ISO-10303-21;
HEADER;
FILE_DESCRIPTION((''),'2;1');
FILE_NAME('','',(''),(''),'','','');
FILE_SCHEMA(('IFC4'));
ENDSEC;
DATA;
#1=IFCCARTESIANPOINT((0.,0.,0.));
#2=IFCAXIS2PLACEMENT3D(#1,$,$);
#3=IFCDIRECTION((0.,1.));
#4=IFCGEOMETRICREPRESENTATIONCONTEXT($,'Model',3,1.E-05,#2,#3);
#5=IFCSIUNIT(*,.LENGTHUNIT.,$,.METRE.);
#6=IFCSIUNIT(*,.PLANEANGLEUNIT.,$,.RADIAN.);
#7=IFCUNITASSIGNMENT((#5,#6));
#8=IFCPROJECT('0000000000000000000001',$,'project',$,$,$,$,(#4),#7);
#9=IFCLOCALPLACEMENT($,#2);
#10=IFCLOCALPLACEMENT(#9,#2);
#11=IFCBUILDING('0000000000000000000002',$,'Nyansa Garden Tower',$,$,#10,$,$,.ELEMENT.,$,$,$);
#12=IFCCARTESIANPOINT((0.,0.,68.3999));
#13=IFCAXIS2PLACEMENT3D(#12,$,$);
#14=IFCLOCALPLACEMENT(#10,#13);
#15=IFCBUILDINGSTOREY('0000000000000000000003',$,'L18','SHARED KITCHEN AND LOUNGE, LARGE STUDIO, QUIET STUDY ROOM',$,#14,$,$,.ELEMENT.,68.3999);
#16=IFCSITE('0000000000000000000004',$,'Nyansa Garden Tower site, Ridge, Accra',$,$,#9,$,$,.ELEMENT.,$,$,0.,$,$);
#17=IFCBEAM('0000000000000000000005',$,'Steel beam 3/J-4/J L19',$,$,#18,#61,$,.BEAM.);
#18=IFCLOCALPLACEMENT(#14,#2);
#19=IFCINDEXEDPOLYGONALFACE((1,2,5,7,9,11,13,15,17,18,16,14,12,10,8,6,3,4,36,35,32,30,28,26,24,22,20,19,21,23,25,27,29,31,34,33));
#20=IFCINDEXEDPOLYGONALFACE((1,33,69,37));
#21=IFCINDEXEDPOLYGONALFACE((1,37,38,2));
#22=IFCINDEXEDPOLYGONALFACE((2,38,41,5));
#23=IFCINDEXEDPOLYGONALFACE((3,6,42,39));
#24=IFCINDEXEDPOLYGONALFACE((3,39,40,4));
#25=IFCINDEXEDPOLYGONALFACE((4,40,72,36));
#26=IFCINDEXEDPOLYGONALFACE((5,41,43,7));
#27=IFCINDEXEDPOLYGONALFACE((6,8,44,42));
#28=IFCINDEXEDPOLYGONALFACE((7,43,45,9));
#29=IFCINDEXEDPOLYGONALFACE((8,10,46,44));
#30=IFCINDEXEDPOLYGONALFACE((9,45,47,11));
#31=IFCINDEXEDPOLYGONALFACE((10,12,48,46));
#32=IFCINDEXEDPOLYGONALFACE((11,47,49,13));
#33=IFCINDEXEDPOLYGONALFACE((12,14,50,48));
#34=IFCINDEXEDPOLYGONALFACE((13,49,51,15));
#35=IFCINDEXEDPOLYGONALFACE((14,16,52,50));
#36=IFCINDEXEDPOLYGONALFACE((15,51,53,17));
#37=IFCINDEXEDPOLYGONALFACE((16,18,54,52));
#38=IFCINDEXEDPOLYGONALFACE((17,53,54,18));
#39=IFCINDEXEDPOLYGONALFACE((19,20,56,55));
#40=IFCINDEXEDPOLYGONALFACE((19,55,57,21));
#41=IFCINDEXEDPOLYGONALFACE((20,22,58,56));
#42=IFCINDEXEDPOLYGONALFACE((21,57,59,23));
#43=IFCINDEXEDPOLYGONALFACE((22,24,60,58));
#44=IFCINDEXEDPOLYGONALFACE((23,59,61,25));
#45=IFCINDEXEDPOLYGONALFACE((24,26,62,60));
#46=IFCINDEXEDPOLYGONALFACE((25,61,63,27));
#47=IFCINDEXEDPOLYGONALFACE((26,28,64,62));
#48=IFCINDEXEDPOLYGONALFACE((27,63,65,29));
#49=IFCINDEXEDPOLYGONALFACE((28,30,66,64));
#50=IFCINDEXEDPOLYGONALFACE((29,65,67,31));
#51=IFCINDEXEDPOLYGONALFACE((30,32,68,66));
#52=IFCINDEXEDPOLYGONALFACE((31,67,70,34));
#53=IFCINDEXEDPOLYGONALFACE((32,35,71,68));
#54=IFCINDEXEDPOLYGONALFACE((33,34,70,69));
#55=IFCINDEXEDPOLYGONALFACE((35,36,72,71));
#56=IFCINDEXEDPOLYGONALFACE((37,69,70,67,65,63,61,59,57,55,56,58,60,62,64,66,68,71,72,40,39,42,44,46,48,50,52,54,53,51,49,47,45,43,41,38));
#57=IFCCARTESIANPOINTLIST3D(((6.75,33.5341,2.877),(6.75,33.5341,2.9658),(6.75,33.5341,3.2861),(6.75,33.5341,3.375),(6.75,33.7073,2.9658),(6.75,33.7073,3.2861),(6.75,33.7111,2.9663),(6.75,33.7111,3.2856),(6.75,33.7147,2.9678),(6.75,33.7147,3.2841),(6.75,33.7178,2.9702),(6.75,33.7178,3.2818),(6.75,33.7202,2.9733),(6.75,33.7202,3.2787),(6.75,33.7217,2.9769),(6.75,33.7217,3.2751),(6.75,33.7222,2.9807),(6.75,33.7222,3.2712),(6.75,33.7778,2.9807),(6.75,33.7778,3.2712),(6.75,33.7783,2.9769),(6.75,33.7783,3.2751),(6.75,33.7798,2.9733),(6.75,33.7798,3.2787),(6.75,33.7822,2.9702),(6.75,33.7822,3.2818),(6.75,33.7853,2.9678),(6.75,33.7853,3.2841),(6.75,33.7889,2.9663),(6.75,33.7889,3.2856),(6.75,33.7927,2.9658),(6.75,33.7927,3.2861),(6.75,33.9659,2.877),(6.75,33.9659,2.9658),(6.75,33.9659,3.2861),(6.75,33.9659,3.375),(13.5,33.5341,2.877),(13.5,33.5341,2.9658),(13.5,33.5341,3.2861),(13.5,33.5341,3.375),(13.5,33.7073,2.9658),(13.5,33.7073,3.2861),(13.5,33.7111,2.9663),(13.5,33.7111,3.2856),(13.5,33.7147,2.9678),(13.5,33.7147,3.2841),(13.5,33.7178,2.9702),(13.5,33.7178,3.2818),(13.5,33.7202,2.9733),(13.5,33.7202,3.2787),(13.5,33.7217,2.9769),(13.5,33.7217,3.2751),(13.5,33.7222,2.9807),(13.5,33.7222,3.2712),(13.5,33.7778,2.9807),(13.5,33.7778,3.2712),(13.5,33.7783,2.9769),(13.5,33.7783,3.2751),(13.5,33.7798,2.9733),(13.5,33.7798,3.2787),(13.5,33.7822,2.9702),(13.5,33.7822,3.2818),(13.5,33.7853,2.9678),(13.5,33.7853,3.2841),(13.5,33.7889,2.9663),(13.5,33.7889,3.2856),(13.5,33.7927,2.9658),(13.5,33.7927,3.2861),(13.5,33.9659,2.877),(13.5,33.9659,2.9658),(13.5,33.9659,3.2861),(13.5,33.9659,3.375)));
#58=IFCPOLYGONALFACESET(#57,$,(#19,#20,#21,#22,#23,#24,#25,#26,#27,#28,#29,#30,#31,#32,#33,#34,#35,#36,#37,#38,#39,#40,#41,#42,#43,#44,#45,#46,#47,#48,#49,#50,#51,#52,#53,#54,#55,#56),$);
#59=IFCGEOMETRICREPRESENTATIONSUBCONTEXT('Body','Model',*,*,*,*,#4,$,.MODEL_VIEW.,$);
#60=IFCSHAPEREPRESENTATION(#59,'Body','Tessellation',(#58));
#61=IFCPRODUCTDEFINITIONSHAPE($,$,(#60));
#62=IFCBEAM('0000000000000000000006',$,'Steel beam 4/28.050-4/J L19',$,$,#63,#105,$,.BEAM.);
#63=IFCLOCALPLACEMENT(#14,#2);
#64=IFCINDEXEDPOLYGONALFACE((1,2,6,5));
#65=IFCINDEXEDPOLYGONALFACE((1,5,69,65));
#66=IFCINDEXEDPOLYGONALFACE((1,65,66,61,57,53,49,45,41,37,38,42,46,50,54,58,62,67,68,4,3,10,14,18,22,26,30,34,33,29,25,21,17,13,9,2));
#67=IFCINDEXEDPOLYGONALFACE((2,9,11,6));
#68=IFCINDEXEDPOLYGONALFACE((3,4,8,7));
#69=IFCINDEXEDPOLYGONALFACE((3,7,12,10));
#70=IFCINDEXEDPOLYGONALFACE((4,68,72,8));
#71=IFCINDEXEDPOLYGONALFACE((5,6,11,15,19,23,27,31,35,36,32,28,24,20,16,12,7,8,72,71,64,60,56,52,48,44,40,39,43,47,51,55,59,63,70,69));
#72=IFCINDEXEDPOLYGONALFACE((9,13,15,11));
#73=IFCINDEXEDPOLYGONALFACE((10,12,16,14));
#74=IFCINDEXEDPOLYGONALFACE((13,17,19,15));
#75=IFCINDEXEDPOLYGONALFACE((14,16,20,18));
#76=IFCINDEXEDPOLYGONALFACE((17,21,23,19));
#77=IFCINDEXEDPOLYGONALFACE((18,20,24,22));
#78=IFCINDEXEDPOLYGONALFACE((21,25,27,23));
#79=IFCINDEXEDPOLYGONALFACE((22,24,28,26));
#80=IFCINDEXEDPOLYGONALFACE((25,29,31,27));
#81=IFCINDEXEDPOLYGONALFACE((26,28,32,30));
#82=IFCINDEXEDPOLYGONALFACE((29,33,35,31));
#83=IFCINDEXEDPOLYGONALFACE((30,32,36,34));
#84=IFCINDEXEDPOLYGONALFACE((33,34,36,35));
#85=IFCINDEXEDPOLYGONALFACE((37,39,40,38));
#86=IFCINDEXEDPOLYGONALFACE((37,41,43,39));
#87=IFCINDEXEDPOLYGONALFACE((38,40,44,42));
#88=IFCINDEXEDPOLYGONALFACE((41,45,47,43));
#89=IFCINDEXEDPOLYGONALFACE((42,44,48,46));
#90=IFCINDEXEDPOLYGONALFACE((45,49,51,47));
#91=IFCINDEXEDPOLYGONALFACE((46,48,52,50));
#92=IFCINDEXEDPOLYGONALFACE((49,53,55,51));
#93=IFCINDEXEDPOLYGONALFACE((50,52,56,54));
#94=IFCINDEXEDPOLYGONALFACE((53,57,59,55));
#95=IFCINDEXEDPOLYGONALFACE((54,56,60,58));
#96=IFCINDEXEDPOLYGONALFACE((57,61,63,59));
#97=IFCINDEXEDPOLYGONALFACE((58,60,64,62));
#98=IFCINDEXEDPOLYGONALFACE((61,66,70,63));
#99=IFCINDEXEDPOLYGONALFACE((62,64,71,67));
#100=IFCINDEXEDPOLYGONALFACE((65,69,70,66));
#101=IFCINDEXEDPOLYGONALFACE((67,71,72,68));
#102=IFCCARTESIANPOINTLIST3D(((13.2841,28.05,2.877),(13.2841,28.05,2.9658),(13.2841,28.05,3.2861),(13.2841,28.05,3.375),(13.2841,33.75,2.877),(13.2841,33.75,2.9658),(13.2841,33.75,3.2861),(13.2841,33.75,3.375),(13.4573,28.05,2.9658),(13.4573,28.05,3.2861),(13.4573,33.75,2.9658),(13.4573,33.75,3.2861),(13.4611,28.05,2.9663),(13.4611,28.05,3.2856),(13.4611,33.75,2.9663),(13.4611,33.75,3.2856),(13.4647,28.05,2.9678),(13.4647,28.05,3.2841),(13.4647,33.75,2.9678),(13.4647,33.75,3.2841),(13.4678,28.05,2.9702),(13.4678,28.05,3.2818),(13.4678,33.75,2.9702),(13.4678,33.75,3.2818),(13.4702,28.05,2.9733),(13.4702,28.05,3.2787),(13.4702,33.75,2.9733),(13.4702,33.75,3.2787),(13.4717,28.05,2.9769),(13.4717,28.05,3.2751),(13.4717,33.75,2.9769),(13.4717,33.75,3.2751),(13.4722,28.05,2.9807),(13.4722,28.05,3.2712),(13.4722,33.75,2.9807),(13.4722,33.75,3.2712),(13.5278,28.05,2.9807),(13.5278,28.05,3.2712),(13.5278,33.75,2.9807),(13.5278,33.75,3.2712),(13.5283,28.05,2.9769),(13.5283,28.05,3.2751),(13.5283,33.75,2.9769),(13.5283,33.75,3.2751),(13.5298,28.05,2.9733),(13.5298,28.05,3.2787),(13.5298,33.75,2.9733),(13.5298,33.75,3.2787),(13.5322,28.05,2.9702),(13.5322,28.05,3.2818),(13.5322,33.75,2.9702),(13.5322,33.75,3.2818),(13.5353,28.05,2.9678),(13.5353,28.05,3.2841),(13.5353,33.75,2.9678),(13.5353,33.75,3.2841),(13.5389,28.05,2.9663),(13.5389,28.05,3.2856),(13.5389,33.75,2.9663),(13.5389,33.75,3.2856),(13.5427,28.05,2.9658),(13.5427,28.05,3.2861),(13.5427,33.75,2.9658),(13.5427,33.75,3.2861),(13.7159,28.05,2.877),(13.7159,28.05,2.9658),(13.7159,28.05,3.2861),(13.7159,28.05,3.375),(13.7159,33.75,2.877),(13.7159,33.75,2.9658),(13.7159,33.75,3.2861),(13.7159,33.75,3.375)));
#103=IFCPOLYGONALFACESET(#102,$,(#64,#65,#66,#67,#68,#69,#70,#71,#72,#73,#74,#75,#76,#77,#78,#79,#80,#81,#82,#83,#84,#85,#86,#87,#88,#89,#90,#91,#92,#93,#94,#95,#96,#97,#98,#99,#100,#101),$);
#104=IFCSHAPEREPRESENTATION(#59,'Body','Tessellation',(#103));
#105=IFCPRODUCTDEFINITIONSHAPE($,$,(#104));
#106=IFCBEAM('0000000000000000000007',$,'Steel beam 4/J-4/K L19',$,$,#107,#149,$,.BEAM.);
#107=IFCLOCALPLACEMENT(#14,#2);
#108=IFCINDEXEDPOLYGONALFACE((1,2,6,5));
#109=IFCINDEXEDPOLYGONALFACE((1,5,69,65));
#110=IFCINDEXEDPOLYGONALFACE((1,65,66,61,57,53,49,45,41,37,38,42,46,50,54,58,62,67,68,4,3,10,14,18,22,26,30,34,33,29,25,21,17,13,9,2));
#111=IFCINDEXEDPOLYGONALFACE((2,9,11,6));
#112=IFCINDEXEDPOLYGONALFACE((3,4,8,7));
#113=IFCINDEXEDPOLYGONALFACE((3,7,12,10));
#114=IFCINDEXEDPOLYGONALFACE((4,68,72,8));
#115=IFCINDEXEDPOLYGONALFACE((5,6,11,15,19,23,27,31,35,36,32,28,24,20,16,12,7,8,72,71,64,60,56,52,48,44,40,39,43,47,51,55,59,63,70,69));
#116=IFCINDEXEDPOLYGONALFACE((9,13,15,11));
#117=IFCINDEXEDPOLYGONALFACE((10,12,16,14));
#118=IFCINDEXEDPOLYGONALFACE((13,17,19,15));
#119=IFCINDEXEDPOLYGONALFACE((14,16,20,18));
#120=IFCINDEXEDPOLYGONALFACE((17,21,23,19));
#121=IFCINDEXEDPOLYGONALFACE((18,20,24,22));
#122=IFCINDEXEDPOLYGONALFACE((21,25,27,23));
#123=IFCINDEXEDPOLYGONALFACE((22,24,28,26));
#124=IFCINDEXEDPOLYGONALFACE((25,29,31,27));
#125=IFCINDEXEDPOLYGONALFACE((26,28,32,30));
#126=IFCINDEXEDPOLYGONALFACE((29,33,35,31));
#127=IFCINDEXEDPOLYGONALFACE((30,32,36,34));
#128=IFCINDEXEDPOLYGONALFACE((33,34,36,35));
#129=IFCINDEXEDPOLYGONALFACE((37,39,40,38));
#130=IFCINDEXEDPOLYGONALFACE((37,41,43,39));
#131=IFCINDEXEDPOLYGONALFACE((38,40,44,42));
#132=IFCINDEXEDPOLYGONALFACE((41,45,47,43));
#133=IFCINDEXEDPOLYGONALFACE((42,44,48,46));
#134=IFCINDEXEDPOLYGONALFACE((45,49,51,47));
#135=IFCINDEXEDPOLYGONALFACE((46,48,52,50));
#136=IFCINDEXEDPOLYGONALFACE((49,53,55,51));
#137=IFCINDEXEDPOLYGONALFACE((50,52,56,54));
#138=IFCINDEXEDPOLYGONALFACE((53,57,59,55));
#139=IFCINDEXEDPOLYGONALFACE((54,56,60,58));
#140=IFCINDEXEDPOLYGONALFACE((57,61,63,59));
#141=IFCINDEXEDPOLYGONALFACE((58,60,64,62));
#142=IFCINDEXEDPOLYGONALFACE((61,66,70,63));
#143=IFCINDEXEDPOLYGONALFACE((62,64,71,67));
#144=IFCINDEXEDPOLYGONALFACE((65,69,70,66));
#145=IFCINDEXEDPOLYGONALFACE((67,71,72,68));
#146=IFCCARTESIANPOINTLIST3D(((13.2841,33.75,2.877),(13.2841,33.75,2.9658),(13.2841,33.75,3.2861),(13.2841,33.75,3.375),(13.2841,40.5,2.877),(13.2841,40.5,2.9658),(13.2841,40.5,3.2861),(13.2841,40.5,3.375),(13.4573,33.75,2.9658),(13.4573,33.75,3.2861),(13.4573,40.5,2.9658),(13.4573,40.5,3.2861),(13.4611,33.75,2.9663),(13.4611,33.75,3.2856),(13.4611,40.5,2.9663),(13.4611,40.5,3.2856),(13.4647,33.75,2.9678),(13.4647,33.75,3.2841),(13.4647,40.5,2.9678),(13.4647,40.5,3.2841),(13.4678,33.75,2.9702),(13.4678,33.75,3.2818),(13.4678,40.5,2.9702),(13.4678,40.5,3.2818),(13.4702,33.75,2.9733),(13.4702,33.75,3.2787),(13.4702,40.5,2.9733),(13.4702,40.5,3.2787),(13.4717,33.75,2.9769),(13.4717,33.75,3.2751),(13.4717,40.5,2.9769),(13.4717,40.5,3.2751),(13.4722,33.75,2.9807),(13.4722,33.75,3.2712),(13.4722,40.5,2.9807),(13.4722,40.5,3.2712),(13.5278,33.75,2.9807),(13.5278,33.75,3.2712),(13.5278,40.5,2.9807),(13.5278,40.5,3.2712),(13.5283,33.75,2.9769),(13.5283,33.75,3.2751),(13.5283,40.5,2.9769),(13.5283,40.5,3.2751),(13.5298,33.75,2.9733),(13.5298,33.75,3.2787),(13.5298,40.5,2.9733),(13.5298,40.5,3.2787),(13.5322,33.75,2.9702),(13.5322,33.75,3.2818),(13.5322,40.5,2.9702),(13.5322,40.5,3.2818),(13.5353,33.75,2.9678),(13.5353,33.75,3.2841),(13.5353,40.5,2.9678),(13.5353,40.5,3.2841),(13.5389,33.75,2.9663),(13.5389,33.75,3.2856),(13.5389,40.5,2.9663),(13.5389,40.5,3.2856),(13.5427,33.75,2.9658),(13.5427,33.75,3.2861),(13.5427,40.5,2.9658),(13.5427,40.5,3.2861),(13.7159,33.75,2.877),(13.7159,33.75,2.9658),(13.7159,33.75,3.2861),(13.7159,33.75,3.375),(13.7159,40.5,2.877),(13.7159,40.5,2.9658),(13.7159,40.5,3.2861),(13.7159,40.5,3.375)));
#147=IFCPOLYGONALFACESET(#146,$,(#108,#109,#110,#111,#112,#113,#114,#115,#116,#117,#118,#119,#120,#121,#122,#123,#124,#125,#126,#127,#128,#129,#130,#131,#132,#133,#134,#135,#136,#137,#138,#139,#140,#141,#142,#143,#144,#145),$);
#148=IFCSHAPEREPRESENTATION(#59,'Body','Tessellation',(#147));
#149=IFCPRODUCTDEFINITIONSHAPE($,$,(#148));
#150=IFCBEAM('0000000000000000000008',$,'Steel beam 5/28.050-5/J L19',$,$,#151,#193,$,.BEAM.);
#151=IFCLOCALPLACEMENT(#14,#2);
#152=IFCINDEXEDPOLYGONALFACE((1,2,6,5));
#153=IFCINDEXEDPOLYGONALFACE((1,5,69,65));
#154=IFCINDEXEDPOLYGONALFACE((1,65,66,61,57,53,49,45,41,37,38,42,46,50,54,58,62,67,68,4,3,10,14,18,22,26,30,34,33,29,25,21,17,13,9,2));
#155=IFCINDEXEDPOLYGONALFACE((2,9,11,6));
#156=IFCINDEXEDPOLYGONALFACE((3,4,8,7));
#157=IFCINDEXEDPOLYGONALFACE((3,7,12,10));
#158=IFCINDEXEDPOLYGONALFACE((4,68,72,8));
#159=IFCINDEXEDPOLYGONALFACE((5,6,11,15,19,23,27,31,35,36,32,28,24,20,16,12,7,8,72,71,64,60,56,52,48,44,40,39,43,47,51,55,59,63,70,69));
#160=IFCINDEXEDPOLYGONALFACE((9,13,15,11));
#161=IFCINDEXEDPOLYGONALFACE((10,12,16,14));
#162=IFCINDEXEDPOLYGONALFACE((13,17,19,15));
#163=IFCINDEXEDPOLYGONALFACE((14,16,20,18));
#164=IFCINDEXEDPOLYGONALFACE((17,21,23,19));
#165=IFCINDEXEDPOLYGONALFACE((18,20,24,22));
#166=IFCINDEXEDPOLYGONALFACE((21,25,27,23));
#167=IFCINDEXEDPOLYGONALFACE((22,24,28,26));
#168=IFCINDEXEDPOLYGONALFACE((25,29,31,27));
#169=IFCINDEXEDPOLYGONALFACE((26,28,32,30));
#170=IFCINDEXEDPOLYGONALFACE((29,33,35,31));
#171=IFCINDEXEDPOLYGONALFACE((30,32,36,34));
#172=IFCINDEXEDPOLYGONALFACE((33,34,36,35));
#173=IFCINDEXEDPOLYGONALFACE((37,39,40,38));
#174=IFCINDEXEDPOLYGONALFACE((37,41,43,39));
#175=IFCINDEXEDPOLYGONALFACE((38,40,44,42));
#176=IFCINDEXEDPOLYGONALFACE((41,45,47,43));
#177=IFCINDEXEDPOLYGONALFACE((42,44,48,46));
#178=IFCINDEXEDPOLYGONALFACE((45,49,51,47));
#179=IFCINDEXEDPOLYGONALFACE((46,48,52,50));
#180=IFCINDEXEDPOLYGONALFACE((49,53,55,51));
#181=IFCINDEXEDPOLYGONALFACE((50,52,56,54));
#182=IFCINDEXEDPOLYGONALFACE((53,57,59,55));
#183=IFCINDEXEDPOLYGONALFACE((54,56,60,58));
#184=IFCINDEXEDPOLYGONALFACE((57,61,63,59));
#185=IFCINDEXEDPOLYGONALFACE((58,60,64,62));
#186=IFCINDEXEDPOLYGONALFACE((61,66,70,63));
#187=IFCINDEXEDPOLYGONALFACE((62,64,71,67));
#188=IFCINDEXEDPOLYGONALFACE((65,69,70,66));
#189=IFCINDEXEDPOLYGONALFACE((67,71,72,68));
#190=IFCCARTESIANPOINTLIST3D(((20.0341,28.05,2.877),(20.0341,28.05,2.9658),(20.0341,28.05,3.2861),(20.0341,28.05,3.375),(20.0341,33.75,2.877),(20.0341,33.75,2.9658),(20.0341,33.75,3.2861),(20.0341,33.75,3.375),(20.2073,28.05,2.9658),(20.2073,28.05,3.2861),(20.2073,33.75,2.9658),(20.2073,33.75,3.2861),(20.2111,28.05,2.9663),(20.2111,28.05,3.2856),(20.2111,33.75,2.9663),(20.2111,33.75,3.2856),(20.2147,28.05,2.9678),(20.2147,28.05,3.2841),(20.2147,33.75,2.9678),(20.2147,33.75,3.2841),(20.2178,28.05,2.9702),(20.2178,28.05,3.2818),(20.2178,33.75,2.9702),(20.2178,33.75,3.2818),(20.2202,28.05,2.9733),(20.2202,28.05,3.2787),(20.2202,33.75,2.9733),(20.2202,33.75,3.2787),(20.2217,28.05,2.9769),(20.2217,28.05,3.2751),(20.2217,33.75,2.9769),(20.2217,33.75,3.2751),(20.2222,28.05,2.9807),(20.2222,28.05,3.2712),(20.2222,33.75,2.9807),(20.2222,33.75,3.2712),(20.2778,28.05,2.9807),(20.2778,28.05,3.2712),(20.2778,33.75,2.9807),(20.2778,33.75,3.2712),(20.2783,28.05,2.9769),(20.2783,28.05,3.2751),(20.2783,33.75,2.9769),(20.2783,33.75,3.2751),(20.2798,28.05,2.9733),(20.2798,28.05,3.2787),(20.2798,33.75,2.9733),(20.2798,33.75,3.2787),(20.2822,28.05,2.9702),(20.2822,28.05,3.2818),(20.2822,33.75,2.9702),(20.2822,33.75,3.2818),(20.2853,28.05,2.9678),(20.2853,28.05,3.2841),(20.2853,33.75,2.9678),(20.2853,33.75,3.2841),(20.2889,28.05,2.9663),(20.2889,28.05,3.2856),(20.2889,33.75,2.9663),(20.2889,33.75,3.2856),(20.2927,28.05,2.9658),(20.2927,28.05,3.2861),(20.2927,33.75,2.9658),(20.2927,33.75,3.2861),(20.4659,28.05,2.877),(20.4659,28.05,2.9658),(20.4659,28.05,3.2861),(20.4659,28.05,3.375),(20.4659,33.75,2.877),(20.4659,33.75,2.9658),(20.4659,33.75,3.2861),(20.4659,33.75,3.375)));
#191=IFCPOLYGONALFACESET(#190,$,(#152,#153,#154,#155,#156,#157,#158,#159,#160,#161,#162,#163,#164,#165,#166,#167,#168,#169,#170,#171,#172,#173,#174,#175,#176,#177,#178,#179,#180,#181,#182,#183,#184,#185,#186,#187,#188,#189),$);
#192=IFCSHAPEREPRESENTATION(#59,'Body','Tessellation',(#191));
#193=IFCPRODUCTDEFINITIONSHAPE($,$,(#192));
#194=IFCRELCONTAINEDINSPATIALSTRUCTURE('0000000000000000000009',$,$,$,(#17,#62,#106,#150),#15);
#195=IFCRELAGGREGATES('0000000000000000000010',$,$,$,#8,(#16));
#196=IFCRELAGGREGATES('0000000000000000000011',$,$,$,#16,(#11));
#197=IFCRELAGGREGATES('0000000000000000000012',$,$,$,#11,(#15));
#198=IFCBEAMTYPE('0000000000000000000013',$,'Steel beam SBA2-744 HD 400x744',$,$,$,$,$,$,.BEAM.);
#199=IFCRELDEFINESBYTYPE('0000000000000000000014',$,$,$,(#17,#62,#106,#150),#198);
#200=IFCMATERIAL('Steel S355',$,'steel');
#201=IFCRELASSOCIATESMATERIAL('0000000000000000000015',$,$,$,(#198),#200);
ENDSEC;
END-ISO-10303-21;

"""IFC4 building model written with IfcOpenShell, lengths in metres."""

from ifc_helpers import new_model, si_unit, direction, frame, origin, origin_2d, place, context, subcontext, project, spatial, i_section, extrude, material, material_profile, profile_set, type_object, element, save


model = new_model("IFC4")

# Units and contexts
model_context = context("Model", 3, precision=1e-05, world=origin(), true_north=direction((0.0, 1.0)))
body_context = subcontext(model_context, "Body", "Model", "MODEL_VIEW")
ifc_project = project(units=[si_unit("LENGTHUNIT", "METRE"), si_unit("PLANEANGLEUNIT", "RADIAN")], contexts=[model_context])

# Site, building, storey
site_placement = place(None, origin())
site = spatial("IfcSite", under=ifc_project, at=site_placement, Name="Nyansa Garden Tower site, Ridge, Accra", CompositionType="ELEMENT", RefElevation=0.0)
building_placement = place(site_placement, origin())
building = spatial("IfcBuilding", under=site, at=building_placement, Name="Nyansa Garden Tower", CompositionType="ELEMENT")
storey_placement = place(building_placement, frame((0.0, 0.0, 68.3999)))
storey = spatial("IfcBuildingStorey", under=building, at=storey_placement, Name="L18", Description="SHARED KITCHEN AND LOUNGE, LARGE STUDIO, QUIET STUDY ROOM", CompositionType="ELEMENT", Elevation=68.3999)

# Beams
ifc_material_1 = material(Name="Steel S355", Category="steel")
ifc_material_profile_1 = material_profile(ifc_material_1, i_section(OverallWidth=0.4319, OverallDepth=0.498, WebThickness=0.0557, FlangeThickness=0.0889, FilletRadius=0.0149, at=origin_2d()), Name="HD 400x744")
ifc_profile_set_1 = profile_set([ifc_material_profile_1], Name="Steel S355")
beam_type_1 = type_object("IfcBeamType", Name="Steel beam SBA2-744 HD 400x744", PredefinedType="BEAM", material=ifc_profile_set_1)
for number, where, z_axis, x_axis, name in (
    (1, (6.75, 33.75, 3.126), (1.0, 0.0, 0.0), (0.0, 1.0, 0.0), "Steel beam 3/J-4/J L19"),
):
    element("IfcBeam", number, at=place(storey_placement, frame(where, z_axis=z_axis, x_axis=x_axis)), inside=storey, type_object=beam_type_1, Name=name, PredefinedType="BEAM", context=body_context, shape_type="SweptSolid", body=[
        extrude(i_section(OverallWidth=0.4319, OverallDepth=0.498, WebThickness=0.0557, FlangeThickness=0.0889, FilletRadius=0.0149, at=origin_2d()), origin(), (0.0, 0.0, 1.0), 6.75),
    ])
beam_1_placement = place(storey_placement, frame((13.5, 28.05, 3.126), z_axis=(0.0, 1.0, 0.0), x_axis=(-1.0, 0.0, 0.0)))
element("IfcBeam", 2, at=beam_1_placement, inside=storey, type_object=beam_type_1, Name="Steel beam 4/28.050-4/J L19", PredefinedType="BEAM", context=body_context, shape_type="SweptSolid", body=[
    extrude(i_section(OverallWidth=0.4319, OverallDepth=0.498, WebThickness=0.0557, FlangeThickness=0.0889, FilletRadius=0.0149, at=origin_2d()), origin(), (0.0, 0.0, 1.0), 5.7),
])
beam_2_placement = place(storey_placement, frame((13.5, 33.75, 3.126), z_axis=(0.0, 1.0, 0.0), x_axis=(-1.0, 0.0, 0.0)))
element("IfcBeam", 3, at=beam_2_placement, inside=storey, type_object=beam_type_1, Name="Steel beam 4/J-4/K L19", PredefinedType="BEAM", context=body_context, shape_type="SweptSolid", body=[
    extrude(i_section(OverallWidth=0.4319, OverallDepth=0.498, WebThickness=0.0557, FlangeThickness=0.0889, FilletRadius=0.0149, at=origin_2d()), origin(), (0.0, 0.0, 1.0), 6.75),
])
beam_3_placement = place(storey_placement, frame((20.25, 28.05, 3.126), z_axis=(0.0, 1.0, 0.0), x_axis=(-1.0, 0.0, 0.0)))
element("IfcBeam", 4, at=beam_3_placement, inside=storey, type_object=beam_type_1, Name="Steel beam 5/28.050-5/J L19", PredefinedType="BEAM", context=body_context, shape_type="SweptSolid", body=[
    extrude(i_section(OverallWidth=0.4319, OverallDepth=0.498, WebThickness=0.0557, FlangeThickness=0.0889, FilletRadius=0.0149, at=origin_2d()), origin(), (0.0, 0.0, 1.0), 5.7),
])

save(model, "model.ifc")
